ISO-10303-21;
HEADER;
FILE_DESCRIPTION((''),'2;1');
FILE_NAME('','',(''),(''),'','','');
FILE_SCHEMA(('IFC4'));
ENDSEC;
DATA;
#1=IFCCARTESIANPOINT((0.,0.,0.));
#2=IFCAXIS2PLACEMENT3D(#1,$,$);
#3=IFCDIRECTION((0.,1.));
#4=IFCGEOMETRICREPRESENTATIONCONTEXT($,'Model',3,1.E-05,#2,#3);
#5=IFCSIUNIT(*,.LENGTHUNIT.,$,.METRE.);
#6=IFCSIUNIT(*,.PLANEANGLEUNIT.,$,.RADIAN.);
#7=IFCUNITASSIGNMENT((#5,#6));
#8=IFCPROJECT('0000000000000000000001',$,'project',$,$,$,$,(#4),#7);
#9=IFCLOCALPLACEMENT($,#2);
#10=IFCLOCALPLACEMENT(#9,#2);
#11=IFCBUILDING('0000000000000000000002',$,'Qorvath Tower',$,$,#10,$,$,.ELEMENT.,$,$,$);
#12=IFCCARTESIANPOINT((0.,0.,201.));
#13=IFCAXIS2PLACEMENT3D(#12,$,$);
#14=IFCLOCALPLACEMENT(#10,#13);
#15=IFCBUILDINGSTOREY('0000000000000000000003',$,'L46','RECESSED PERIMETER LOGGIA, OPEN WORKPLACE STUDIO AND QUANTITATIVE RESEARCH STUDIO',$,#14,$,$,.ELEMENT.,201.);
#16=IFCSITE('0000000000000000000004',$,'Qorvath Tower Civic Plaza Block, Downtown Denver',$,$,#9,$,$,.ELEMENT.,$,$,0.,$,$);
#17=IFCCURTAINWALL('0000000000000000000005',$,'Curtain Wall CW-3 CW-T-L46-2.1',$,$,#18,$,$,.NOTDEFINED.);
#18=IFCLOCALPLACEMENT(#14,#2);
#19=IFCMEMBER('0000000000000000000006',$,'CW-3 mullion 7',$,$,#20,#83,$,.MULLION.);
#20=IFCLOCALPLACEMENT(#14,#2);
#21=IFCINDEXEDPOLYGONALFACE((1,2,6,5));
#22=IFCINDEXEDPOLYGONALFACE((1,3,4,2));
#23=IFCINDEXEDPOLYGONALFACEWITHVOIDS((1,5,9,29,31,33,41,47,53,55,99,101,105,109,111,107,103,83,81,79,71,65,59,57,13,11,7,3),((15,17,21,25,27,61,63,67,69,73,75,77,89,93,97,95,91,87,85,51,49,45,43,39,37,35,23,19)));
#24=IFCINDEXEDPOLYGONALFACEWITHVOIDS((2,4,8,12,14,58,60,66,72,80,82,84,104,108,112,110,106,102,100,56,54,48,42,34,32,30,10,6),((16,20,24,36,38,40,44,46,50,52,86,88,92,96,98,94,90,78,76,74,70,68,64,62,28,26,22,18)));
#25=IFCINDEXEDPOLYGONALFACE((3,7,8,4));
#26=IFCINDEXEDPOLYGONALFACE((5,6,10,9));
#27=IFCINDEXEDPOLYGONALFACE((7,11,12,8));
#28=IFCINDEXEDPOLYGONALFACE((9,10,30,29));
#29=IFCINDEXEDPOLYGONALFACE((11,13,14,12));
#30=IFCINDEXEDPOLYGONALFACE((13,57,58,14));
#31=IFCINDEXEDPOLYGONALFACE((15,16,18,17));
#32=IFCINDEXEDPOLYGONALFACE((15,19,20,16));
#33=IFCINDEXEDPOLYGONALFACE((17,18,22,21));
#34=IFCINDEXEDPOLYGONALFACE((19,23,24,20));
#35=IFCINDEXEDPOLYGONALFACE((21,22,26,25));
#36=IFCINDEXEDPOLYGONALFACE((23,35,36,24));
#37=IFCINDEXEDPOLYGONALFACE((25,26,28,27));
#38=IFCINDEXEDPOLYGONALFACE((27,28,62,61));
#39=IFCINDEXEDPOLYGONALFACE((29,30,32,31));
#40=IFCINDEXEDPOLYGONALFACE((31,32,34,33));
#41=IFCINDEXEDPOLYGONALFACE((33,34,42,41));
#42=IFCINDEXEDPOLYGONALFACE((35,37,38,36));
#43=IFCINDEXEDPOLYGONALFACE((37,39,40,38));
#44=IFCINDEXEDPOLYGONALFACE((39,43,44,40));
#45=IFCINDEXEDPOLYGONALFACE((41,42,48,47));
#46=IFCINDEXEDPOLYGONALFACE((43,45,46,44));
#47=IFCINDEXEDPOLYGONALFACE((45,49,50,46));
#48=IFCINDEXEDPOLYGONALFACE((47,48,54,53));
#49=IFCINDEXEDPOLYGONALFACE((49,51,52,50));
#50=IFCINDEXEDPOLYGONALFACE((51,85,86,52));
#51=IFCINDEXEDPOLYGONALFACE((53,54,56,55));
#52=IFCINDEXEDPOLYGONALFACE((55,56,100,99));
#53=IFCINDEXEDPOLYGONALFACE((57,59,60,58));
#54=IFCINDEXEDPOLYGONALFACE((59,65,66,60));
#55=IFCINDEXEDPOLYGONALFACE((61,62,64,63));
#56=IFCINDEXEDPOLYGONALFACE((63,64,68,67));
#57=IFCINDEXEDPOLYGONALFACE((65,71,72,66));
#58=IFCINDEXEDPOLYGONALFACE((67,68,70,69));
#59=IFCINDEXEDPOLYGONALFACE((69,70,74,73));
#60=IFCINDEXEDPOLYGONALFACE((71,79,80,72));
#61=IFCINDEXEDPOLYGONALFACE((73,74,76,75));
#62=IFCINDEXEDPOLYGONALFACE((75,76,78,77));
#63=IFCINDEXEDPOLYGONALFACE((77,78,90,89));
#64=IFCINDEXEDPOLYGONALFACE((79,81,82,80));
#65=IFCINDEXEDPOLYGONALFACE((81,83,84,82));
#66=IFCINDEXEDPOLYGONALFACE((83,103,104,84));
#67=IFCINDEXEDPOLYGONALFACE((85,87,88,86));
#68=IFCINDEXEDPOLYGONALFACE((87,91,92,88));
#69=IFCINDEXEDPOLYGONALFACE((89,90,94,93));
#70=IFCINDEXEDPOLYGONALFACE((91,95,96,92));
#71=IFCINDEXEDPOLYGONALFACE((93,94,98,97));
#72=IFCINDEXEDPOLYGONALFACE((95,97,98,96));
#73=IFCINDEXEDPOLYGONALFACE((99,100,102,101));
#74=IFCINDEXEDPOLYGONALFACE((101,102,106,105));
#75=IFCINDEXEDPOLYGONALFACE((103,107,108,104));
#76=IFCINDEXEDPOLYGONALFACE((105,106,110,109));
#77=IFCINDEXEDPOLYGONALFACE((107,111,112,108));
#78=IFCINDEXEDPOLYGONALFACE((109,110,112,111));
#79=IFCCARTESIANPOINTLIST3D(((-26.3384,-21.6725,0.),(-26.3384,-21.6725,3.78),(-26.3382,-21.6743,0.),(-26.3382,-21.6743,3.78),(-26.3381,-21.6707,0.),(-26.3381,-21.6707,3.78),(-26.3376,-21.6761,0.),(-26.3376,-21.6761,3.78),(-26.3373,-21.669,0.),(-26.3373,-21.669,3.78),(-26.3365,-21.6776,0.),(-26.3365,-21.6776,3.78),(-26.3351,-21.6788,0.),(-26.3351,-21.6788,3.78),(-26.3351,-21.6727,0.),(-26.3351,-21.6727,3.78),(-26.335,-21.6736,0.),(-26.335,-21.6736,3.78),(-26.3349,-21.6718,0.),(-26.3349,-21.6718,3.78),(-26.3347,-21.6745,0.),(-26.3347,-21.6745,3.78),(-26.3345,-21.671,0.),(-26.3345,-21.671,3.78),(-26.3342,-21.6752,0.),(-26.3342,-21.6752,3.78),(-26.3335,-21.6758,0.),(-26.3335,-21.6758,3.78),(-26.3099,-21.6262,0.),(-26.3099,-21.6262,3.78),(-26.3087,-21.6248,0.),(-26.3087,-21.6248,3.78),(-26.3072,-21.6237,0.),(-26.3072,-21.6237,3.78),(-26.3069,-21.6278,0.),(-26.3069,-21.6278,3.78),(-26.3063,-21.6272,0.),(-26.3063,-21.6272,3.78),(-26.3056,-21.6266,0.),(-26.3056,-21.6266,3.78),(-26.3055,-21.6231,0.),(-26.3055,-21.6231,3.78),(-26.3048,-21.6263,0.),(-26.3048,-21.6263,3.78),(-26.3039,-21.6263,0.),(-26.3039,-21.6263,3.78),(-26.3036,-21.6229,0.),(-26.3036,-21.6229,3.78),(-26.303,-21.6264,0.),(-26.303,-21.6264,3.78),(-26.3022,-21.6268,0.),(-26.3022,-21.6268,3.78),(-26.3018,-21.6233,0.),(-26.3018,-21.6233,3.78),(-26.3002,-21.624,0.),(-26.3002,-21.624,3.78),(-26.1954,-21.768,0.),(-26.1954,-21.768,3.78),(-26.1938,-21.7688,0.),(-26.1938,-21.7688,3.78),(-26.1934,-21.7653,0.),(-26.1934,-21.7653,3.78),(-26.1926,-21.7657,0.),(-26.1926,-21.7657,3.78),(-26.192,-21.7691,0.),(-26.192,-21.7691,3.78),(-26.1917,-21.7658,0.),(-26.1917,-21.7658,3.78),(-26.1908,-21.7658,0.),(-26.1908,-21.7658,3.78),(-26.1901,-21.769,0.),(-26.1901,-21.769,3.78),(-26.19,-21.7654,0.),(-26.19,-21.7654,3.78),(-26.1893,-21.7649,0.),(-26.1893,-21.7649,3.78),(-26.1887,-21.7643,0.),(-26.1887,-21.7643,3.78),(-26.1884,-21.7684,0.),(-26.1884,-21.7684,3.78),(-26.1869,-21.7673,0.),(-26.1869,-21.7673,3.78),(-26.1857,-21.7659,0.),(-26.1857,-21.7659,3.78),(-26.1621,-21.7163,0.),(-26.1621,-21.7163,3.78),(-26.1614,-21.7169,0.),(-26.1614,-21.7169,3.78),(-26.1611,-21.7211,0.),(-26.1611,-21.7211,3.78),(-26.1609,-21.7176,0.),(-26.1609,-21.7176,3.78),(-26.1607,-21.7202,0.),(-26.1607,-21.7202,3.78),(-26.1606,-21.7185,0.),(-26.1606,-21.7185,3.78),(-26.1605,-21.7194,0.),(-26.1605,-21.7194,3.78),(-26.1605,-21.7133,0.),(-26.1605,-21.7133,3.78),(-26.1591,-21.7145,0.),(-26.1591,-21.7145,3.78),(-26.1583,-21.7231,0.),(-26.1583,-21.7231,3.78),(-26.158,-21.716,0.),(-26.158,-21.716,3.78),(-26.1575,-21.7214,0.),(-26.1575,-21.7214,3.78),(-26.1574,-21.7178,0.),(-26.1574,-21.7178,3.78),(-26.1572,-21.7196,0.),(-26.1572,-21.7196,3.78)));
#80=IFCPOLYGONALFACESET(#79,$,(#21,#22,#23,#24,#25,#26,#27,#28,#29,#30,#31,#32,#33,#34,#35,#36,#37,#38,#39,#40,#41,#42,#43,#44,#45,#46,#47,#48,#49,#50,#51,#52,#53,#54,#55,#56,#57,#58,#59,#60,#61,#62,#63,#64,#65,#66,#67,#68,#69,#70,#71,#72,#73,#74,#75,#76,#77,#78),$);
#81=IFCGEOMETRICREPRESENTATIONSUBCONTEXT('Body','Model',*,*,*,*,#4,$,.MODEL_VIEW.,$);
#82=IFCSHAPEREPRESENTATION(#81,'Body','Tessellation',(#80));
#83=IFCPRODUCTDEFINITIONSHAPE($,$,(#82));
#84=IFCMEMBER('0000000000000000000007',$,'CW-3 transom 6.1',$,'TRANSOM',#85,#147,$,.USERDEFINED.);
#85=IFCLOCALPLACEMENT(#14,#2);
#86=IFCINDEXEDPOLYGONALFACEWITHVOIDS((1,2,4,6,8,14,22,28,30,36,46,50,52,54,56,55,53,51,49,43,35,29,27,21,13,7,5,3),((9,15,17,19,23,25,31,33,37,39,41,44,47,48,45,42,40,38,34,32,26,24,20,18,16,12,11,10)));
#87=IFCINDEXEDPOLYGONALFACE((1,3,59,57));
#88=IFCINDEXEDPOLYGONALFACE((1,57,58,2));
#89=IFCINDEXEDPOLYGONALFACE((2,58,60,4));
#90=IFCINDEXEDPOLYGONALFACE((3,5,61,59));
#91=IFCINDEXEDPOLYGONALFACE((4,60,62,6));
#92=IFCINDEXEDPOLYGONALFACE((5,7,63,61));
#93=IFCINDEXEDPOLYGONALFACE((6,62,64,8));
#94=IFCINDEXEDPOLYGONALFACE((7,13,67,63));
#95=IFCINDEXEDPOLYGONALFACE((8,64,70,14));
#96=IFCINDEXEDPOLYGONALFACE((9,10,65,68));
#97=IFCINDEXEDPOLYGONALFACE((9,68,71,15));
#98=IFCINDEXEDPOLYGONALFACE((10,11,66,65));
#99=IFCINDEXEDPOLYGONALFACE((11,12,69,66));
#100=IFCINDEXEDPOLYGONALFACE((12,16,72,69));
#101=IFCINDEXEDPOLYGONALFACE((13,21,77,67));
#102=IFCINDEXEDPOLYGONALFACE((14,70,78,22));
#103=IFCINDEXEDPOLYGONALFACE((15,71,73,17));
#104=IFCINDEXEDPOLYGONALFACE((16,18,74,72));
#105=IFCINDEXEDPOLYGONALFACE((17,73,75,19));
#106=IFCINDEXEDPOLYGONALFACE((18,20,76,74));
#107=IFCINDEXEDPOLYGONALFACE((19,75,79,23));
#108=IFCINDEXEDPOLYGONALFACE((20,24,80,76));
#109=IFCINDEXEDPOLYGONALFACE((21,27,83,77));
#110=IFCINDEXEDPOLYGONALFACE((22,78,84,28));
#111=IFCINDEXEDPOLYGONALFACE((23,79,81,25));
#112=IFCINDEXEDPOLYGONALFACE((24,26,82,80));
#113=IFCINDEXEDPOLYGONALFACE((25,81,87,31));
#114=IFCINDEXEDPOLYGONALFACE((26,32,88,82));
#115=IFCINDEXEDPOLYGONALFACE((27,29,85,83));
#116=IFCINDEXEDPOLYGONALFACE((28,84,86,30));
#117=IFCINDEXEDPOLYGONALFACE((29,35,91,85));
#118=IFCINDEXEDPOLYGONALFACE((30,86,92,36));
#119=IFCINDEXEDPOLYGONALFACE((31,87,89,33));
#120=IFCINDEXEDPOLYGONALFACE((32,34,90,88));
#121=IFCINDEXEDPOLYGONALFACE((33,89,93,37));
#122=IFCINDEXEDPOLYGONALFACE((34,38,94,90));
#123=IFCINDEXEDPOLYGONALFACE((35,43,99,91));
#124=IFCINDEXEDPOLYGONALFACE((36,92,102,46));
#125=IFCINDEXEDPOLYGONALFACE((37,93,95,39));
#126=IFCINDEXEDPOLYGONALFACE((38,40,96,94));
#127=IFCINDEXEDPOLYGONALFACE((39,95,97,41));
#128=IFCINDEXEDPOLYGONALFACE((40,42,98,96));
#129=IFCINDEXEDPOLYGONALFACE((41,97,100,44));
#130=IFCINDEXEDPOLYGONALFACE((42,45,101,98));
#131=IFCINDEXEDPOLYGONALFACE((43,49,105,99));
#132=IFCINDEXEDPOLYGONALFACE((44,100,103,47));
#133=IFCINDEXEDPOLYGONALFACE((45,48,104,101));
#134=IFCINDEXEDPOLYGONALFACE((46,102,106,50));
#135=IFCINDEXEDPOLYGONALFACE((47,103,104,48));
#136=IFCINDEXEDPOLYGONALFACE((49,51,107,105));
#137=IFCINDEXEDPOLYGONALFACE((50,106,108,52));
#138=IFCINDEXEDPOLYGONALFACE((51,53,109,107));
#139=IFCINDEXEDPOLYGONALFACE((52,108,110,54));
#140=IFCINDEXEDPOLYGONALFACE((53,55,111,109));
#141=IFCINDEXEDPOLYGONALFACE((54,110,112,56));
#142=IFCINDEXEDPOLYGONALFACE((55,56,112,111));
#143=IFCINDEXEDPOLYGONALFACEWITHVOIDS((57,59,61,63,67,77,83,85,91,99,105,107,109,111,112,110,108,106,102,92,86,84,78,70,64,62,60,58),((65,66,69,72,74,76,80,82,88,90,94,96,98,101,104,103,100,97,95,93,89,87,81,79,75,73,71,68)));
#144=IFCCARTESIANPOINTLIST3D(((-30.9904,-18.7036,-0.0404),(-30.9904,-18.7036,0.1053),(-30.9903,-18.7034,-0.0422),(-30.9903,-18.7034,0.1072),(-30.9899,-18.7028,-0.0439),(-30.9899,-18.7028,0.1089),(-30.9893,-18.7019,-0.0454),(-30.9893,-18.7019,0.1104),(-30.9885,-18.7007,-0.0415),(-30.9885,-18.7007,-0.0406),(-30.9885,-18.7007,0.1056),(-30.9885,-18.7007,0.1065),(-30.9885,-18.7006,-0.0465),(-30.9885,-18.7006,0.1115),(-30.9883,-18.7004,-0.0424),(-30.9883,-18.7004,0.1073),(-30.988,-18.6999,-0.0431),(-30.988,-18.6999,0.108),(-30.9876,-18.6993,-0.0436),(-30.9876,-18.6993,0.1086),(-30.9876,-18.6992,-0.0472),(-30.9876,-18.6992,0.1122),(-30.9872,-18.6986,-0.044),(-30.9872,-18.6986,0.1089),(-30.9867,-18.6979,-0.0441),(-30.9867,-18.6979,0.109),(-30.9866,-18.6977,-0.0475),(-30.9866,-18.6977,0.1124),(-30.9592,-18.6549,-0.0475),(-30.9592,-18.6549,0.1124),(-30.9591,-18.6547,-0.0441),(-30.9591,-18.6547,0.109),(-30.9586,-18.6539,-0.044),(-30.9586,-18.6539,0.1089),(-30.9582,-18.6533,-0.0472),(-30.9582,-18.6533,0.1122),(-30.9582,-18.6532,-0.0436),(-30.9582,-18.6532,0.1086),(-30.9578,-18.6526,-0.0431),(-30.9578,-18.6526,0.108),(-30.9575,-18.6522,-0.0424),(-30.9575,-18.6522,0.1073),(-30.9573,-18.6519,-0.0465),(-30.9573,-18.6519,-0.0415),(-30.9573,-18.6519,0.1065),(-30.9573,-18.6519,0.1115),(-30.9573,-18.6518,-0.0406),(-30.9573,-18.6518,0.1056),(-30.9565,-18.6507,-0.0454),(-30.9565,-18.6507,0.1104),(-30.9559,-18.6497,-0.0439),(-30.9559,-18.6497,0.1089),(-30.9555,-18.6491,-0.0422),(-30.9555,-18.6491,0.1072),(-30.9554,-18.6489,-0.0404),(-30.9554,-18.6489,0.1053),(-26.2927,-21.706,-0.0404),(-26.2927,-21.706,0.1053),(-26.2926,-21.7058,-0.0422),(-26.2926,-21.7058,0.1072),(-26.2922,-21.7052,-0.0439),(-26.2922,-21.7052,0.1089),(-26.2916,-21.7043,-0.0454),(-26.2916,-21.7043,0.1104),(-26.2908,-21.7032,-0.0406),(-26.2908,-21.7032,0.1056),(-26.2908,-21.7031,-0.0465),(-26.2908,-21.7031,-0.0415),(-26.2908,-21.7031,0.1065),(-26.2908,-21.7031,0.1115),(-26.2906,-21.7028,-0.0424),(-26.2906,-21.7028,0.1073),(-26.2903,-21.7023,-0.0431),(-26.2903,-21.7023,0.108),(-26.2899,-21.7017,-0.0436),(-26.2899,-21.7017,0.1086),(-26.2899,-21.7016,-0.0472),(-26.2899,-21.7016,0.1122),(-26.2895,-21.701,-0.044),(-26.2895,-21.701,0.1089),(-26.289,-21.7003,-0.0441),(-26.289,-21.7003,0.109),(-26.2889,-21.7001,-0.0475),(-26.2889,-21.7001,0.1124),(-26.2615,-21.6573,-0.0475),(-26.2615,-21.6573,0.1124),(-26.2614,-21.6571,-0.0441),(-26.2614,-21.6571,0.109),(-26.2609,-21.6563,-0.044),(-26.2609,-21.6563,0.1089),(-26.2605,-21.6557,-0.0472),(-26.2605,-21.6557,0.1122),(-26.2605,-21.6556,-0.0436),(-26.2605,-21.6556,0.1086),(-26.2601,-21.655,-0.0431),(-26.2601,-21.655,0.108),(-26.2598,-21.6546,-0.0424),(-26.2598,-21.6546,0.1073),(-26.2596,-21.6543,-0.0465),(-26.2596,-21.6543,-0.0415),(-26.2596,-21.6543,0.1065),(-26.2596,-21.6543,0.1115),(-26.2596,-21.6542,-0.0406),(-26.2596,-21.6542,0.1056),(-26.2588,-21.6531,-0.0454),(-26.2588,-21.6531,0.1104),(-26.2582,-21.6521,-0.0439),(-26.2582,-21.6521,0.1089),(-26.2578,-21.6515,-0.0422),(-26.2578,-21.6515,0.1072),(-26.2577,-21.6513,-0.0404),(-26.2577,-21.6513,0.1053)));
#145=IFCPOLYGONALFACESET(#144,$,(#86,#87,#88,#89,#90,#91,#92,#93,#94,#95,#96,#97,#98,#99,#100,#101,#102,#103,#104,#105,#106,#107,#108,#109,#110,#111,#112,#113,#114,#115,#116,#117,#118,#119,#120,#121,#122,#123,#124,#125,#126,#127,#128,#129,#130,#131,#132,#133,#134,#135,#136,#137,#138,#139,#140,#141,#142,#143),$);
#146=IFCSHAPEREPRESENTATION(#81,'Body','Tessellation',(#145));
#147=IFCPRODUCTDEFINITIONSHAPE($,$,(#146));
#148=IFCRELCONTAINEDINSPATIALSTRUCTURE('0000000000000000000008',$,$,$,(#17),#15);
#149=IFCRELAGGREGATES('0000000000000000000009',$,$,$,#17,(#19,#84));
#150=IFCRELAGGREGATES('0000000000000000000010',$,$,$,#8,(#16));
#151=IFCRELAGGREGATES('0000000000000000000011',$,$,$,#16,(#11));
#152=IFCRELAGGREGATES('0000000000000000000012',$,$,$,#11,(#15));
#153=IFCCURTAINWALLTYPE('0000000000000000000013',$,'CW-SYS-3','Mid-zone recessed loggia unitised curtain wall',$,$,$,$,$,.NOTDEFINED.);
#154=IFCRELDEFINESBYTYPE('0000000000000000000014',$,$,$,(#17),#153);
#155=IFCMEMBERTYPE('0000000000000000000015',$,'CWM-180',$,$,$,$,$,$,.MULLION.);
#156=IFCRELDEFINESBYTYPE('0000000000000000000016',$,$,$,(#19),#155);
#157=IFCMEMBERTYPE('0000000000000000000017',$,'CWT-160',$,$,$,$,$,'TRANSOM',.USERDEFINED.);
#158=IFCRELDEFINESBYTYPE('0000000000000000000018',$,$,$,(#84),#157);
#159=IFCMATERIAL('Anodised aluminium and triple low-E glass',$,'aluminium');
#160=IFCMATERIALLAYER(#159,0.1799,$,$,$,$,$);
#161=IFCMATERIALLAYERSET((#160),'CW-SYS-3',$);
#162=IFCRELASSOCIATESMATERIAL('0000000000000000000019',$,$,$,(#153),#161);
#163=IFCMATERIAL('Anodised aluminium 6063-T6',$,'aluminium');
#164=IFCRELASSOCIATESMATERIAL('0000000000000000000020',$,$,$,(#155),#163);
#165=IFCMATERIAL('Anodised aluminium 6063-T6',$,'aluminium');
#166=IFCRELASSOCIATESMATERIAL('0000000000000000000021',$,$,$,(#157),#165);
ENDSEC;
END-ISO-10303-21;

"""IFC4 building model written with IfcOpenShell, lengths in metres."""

from ifc_helpers import new_model, si_unit, direction, frame, origin, origin_2d, place, context, subcontext, project, spatial, hollow_rectangle, extrude, material, layer, layer_set, material_profile, profile_set, type_object, element, aggregate, save


model = new_model("IFC4")

# Units and contexts
model_context = context("Model", 3, precision=1e-05, world=origin(), true_north=direction((0.0, 1.0)))
body_context = subcontext(model_context, "Body", "Model", "MODEL_VIEW")
ifc_project = project(units=[si_unit("LENGTHUNIT", "METRE"), si_unit("PLANEANGLEUNIT", "RADIAN")], contexts=[model_context])

# Site, building, storey
site_placement = place(None, origin())
site = spatial("IfcSite", under=ifc_project, at=site_placement, Name="Qorvath Tower Civic Plaza Block, Downtown Denver", CompositionType="ELEMENT", RefElevation=0.0)
building_placement = place(site_placement, origin())
building = spatial("IfcBuilding", under=site, at=building_placement, Name="Qorvath Tower", CompositionType="ELEMENT")
storey_placement = place(building_placement, frame((0.0, 0.0, 201.0)))
storey = spatial("IfcBuildingStorey", under=building, at=storey_placement, Name="L46", Description="RECESSED PERIMETER LOGGIA, OPEN WORKPLACE STUDIO AND QUANTITATIVE RESEARCH STUDIO", CompositionType="ELEMENT", Elevation=201.0)

# Curtain wall, members
ifc_material_1 = material(Name="Anodised aluminium and triple low-E glass", Category="aluminium")
ifc_layer_1 = layer(ifc_material_1, 0.1799)
ifc_layer_set_1 = layer_set([ifc_layer_1], Name="CW-SYS-3")
curtain_wall_type = type_object("IfcCurtainWallType", Name="CW-SYS-3", Description="Mid-zone recessed loggia unitised curtain wall", PredefinedType="NOTDEFINED", material=ifc_layer_set_1)
curtain_wall_placement = place(storey_placement, origin())
curtain_wall = element("IfcCurtainWall", 1, at=curtain_wall_placement, inside=storey, type_object=curtain_wall_type, Name="Curtain Wall CW-3 CW-T-L46-2.1", PredefinedType="NOTDEFINED")
ifc_material_2 = material(Name="Anodised aluminium 6063-T6", Category="aluminium")
ifc_material_profile_1 = material_profile(ifc_material_2, hollow_rectangle(XDim=0.0649, YDim=0.1799, WallThickness=0.0034, InnerFilletRadius=0.0034, OuterFilletRadius=0.0071, at=origin_2d()), Name="CWM 180x65")
ifc_profile_set_1 = profile_set([ifc_material_profile_1], Name="Anodised aluminium 6063-T6")
member_type_1 = type_object("IfcMemberType", Name="CWM-180", PredefinedType="MULLION", material=ifc_profile_set_1)
member_1_placement = place(storey_placement, frame((-26.2478, -21.696, 0.0), z_axis=(0.0, 0.0, 1.0), x_axis=(0.538534, 0.842604, 0.0)))
member_1 = element("IfcMember", 2, at=member_1_placement, type_object=member_type_1, Name="CW-3 mullion 7", PredefinedType="MULLION", context=body_context, shape_type="SweptSolid", body=[
    extrude(hollow_rectangle(XDim=0.0649, YDim=0.1799, WallThickness=0.0034, InnerFilletRadius=0.0034, OuterFilletRadius=0.0071, at=origin_2d()), origin(), (0.0, 0.0, 1.0), 3.78),
])
ifc_material_3 = material(Name="Anodised aluminium 6063-T6", Category="aluminium")
ifc_material_profile_2 = material_profile(ifc_material_3, hollow_rectangle(XDim=0.0649, YDim=0.1599, WallThickness=0.0034, InnerFilletRadius=0.0034, OuterFilletRadius=0.0071, at=origin_2d()), Name="CWT 160x65")
ifc_profile_set_2 = profile_set([ifc_material_profile_2], Name="Anodised aluminium 6063-T6")
member_type_2 = type_object("IfcMemberType", Name="CWT-160", ElementType="TRANSOM", PredefinedType="USERDEFINED", material=ifc_profile_set_2)
member_2_placement = place(storey_placement, frame((-30.9729, -18.6763, 0.0325), z_axis=(0.842607, -0.538529, 0.0), x_axis=(0.538529, 0.842607, 0.0)))
member_2 = element("IfcMember", 3, at=member_2_placement, type_object=member_type_2, Name="CW-3 transom 6.1", ObjectType="TRANSOM", PredefinedType="USERDEFINED", context=body_context, shape_type="SweptSolid", body=[
    extrude(hollow_rectangle(XDim=0.0649, YDim=0.1599, WallThickness=0.0034, InnerFilletRadius=0.0034, OuterFilletRadius=0.0071, at=origin_2d()), origin(), (0.0, 0.0, 1.0), 5.5752),
])
aggregate(curtain_wall, [member_1, member_2])

save(model, "model.ifc")
